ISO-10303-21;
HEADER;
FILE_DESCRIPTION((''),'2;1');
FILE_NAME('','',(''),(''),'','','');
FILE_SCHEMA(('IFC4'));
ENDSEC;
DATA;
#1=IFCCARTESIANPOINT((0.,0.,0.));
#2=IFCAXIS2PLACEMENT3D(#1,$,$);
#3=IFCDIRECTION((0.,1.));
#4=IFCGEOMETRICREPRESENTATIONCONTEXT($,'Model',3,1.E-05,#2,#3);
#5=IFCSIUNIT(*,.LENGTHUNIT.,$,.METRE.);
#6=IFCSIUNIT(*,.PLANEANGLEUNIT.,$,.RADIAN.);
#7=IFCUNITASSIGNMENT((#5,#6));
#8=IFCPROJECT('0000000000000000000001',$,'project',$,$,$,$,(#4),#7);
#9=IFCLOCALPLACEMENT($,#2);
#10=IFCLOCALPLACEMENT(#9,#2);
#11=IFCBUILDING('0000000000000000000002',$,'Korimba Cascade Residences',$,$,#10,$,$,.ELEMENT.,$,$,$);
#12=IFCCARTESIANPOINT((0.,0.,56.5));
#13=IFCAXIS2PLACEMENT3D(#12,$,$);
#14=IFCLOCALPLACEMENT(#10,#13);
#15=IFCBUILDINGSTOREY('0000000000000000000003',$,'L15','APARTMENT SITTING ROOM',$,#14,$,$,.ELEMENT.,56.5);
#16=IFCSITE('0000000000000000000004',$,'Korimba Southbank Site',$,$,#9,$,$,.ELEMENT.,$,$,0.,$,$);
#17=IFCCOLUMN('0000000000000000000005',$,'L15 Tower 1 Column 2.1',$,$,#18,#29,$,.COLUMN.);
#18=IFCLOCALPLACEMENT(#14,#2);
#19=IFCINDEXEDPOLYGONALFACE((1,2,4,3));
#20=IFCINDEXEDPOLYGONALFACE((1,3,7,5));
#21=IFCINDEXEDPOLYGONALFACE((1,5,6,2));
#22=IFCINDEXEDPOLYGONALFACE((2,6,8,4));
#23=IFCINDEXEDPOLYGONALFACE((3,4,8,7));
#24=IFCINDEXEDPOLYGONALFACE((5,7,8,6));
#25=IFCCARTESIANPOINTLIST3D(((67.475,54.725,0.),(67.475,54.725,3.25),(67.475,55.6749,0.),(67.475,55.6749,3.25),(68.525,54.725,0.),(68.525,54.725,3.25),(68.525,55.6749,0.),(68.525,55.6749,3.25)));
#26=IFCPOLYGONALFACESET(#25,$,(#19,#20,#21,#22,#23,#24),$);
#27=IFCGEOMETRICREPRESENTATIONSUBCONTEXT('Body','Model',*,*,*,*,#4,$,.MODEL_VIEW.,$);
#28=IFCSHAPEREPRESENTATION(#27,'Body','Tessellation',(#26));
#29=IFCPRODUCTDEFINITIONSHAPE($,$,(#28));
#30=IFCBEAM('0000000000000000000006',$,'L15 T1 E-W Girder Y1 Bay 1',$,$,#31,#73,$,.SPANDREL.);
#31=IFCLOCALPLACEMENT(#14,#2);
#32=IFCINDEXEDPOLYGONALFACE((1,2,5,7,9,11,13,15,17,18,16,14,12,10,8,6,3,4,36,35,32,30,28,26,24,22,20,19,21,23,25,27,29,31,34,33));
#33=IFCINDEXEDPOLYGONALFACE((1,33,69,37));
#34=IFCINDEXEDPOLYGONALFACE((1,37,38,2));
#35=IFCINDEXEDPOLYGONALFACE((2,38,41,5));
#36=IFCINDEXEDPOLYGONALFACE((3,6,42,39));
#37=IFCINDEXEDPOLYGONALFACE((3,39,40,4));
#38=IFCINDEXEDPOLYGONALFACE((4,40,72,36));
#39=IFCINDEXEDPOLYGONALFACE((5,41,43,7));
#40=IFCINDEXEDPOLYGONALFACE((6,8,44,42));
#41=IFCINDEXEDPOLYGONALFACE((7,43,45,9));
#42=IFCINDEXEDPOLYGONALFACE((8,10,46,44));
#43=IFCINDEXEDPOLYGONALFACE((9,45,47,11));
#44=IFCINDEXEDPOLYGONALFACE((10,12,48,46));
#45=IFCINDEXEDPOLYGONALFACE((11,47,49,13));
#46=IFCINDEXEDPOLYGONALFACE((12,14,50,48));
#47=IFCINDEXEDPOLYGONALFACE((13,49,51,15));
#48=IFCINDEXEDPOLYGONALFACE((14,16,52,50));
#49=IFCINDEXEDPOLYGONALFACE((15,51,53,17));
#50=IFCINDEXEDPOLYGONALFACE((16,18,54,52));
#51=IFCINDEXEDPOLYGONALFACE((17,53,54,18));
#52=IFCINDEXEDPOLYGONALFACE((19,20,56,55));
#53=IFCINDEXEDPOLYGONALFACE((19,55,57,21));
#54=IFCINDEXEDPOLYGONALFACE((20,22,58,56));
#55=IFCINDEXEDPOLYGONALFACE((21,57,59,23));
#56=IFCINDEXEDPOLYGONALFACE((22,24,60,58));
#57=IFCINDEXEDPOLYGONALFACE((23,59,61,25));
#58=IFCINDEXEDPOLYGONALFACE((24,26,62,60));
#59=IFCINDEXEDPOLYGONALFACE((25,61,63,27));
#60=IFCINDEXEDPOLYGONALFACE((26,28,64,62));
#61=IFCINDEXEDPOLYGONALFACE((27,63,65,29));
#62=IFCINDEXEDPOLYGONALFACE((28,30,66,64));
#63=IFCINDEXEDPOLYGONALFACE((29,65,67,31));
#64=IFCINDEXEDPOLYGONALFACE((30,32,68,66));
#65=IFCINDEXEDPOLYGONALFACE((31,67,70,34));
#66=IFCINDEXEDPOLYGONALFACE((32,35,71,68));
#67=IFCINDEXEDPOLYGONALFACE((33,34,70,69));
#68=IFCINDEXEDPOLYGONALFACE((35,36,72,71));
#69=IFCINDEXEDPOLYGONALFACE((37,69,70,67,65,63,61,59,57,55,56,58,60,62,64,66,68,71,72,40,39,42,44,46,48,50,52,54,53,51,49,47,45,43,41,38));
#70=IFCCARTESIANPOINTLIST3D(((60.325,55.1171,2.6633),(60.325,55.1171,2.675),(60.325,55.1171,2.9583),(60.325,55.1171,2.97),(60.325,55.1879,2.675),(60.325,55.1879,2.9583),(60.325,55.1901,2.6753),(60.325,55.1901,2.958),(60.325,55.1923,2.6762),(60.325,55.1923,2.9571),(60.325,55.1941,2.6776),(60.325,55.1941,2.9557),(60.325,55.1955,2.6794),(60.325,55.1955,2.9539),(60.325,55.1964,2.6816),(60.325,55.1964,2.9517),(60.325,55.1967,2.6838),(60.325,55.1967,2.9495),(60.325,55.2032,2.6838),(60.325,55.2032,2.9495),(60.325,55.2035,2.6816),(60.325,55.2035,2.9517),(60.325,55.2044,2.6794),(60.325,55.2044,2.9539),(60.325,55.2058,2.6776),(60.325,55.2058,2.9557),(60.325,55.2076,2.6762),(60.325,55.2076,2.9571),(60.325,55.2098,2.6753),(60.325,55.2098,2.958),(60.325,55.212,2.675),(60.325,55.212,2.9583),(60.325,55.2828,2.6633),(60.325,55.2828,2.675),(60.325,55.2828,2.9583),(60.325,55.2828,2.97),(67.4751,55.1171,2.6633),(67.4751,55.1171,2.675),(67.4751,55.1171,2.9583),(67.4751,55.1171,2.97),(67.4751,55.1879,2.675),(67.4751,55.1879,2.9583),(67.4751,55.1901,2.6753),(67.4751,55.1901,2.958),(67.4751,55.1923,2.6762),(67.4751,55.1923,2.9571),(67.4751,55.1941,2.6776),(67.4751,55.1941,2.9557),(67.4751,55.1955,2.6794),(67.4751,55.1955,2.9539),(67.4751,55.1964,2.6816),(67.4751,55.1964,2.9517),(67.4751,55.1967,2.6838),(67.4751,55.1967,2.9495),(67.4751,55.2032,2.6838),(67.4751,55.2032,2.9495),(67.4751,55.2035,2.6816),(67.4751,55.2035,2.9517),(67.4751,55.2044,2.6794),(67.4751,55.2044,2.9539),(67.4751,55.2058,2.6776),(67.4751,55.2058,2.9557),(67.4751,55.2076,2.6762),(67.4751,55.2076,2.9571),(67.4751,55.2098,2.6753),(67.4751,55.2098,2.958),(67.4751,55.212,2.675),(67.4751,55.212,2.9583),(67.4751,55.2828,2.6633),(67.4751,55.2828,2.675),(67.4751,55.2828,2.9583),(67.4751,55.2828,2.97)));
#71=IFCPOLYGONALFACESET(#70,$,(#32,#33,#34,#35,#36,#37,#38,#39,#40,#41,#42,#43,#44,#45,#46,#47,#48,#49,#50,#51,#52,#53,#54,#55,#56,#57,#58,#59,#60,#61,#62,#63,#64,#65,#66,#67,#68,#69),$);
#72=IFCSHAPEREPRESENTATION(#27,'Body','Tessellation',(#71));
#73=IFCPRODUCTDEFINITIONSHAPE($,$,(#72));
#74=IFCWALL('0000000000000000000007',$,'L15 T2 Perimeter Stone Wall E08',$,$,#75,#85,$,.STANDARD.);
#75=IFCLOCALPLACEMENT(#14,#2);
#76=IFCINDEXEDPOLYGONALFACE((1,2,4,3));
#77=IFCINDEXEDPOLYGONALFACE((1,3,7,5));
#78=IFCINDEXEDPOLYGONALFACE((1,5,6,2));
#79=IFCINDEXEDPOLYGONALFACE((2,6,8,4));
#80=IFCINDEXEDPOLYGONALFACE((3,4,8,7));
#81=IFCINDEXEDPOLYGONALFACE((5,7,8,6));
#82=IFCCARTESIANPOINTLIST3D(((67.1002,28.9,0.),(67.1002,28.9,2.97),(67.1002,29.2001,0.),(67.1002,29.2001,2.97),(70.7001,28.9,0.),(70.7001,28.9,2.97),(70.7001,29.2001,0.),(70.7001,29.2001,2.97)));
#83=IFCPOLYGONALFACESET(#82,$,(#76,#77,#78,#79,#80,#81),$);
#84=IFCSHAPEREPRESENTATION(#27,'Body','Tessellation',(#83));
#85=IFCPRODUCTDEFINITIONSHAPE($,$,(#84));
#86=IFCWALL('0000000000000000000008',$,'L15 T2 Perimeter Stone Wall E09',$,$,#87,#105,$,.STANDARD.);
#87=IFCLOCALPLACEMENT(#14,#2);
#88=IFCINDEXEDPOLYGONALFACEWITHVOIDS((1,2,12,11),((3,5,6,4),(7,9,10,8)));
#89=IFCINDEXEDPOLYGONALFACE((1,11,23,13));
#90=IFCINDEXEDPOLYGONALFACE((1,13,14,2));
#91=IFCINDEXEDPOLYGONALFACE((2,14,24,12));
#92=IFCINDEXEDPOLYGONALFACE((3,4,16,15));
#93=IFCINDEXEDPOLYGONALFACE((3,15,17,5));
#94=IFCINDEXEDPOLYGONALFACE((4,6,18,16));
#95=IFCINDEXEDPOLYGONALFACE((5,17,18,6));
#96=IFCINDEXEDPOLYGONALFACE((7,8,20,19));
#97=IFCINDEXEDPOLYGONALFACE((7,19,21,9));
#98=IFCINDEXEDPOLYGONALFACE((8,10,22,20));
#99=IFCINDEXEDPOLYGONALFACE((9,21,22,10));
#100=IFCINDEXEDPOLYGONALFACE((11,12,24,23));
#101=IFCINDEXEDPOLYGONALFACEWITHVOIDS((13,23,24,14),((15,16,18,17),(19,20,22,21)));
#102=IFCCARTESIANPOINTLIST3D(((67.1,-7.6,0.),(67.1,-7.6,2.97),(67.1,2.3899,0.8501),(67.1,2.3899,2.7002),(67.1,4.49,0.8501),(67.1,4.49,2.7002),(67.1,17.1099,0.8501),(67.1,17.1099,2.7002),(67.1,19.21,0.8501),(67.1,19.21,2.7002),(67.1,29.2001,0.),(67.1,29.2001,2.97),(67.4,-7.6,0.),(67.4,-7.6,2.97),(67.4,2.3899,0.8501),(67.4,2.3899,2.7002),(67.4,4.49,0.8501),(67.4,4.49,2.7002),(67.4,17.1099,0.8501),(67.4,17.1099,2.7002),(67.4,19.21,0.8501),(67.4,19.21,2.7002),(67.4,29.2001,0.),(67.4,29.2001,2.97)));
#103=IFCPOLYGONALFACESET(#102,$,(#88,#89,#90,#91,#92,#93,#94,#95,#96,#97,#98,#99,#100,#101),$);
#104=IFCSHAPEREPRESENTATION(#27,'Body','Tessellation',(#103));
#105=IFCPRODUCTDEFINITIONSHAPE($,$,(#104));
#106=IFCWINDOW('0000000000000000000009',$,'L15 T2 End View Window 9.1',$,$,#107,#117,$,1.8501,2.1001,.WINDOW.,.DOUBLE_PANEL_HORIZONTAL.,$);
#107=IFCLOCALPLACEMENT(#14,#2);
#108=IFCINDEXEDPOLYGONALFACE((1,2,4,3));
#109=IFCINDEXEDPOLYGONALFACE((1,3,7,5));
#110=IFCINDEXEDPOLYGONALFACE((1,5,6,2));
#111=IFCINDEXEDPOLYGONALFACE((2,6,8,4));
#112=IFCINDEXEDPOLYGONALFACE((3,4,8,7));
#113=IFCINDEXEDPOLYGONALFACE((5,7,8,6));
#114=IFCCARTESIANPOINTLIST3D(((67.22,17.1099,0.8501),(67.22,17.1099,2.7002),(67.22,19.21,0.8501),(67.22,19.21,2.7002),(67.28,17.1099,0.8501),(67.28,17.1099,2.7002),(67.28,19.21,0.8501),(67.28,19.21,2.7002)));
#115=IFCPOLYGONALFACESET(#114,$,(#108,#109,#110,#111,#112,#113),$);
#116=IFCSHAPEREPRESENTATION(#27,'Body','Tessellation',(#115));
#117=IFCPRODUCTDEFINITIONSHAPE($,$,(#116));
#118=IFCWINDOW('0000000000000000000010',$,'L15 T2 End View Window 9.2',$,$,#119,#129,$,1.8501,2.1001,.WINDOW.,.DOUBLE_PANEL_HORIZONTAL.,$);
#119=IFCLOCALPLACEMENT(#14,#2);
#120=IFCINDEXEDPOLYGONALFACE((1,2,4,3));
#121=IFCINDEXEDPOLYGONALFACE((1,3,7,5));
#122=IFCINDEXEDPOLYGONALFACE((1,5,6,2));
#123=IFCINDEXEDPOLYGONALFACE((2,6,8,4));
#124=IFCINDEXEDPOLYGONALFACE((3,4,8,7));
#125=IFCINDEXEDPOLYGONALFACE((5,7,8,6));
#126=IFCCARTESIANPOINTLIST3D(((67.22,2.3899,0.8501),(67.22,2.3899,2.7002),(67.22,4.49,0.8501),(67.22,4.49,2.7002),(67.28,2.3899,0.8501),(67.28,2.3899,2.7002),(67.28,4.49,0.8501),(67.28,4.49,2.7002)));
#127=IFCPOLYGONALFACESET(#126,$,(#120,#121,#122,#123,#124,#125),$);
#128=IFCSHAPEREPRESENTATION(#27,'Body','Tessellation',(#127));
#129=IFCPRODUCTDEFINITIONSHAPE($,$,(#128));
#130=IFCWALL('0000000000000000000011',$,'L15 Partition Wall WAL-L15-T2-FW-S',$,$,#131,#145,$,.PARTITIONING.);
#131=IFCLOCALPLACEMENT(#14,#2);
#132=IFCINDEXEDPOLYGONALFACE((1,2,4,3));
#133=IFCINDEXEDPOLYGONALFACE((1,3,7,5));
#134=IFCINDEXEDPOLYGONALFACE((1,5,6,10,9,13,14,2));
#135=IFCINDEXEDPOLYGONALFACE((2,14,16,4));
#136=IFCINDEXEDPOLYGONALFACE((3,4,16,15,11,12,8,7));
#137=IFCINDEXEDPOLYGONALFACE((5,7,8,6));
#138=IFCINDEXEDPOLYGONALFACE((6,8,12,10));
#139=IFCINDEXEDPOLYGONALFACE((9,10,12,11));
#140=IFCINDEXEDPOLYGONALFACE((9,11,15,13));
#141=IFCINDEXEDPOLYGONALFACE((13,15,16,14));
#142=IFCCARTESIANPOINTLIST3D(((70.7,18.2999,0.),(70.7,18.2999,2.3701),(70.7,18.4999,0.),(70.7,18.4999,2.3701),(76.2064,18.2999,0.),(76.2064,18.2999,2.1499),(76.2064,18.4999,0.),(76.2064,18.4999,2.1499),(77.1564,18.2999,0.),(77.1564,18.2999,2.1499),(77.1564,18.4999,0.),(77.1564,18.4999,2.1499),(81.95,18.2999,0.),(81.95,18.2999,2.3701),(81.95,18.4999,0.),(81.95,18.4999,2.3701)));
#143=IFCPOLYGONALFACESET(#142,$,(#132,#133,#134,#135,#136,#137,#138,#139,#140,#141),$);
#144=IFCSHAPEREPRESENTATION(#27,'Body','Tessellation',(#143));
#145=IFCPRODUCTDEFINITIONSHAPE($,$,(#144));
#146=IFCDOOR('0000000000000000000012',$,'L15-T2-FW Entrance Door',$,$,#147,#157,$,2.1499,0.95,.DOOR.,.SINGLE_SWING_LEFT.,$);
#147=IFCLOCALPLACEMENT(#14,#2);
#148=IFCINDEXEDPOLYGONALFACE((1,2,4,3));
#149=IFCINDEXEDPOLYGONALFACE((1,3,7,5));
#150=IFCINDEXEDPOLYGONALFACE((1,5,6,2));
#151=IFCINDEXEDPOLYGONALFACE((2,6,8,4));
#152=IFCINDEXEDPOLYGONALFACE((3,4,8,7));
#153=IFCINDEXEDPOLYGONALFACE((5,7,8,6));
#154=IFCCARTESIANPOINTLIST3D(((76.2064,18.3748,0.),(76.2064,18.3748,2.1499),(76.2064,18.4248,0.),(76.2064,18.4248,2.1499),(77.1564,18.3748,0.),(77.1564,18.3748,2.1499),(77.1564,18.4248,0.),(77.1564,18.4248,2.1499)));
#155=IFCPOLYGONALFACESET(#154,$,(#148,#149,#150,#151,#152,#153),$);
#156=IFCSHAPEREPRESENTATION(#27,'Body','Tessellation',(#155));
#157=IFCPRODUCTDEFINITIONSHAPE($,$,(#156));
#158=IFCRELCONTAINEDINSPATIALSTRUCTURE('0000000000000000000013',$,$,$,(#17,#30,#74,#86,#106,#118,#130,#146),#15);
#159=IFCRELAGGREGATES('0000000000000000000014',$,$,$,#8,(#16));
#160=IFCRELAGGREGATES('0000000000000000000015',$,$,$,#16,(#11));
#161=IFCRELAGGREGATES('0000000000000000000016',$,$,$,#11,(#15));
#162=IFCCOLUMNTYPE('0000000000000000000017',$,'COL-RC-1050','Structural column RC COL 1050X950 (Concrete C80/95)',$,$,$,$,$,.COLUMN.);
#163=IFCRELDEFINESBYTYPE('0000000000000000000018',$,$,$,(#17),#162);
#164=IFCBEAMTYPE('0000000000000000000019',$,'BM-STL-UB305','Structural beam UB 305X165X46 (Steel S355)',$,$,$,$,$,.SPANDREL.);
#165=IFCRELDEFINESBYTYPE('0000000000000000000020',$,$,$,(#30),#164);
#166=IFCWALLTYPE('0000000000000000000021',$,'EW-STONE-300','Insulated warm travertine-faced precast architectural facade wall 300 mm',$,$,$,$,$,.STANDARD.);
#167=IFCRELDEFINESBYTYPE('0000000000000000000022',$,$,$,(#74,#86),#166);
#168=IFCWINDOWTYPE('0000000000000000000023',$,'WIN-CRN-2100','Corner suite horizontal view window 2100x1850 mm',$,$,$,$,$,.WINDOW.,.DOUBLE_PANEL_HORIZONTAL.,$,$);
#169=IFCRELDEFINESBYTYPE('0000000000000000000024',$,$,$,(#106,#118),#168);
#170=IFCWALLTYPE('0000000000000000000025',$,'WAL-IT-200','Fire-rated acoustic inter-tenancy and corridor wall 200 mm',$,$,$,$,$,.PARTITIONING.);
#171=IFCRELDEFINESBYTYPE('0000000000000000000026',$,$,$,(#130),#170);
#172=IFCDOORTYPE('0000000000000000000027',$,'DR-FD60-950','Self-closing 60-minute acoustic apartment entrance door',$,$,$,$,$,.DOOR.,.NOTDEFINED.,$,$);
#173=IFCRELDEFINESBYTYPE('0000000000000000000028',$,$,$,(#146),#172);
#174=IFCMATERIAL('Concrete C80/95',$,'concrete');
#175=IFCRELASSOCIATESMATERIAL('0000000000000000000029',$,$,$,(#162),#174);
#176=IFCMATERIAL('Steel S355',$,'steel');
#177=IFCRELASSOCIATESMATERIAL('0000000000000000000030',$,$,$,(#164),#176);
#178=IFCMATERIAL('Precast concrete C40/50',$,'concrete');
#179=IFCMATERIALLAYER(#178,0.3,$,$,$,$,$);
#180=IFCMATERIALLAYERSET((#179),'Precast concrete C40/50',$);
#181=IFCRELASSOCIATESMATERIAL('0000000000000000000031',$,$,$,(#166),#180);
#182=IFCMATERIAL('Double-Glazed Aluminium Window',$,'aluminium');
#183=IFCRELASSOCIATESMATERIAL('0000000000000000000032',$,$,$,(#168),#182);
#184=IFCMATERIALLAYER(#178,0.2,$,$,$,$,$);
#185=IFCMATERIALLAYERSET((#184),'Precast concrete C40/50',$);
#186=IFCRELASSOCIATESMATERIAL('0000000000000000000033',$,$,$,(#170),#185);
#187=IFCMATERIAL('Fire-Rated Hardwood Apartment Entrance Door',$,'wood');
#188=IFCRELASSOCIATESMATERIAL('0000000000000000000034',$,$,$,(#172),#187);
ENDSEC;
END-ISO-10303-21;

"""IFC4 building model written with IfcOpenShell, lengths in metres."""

from ifc_helpers import new_model, si_unit, direction, frame, frame_2d, origin, origin_2d, place, context, subcontext, project, spatial, rectangle, i_section, extrude, material, layer, layer_set, material_profile, profile_set, type_object, element, fill, save


model = new_model("IFC4")

# Units and contexts
model_context = context("Model", 3, precision=1e-05, world=origin(), true_north=direction((0.0, 1.0)))
body_context = subcontext(model_context, "Body", "Model", "MODEL_VIEW")
ifc_project = project(units=[si_unit("LENGTHUNIT", "METRE"), si_unit("PLANEANGLEUNIT", "RADIAN")], contexts=[model_context])

# Site, building, storey
site_placement = place(None, origin())
site = spatial("IfcSite", under=ifc_project, at=site_placement, Name="Korimba Southbank Site", CompositionType="ELEMENT", RefElevation=0.0)
building_placement = place(site_placement, origin())
building = spatial("IfcBuilding", under=site, at=building_placement, Name="Korimba Cascade Residences", CompositionType="ELEMENT")
storey_placement = place(building_placement, frame((0.0, 0.0, 56.5)))
storey = spatial("IfcBuildingStorey", under=building, at=storey_placement, Name="L15", Description="APARTMENT SITTING ROOM", CompositionType="ELEMENT", Elevation=56.5)

# Column
ifc_material_1 = material(Name="Concrete C80/95", Category="concrete")
ifc_material_profile_1 = material_profile(ifc_material_1, rectangle(XDim=1.05, YDim=0.95, at=origin_2d()), Name="Concrete C80/95")
ifc_profile_set_1 = profile_set([ifc_material_profile_1], Name="Concrete C80/95")
column_type = type_object("IfcColumnType", Name="COL-RC-1050", Description="Structural column RC COL 1050X950 (Concrete C80/95)", PredefinedType="COLUMN", material=ifc_profile_set_1)
column_placement = place(storey_placement, frame((68.0, 55.2, 0.0), z_axis=(0.0, 0.0, 1.0), x_axis=(1.0, 0.0, 0.0)))
element("IfcColumn", 1, at=column_placement, inside=storey, type_object=column_type, Name="L15 Tower 1 Column 2.1", PredefinedType="COLUMN", context=body_context, shape_type="SweptSolid", body=[
    extrude(rectangle(XDim=1.05, YDim=0.95, at=origin_2d()), origin(), (0.0, 0.0, 1.0), 3.25),
])

# Beam
ifc_material_2 = material(Name="Steel S355", Category="steel")
ifc_material_profile_2 = material_profile(ifc_material_2, i_section(OverallWidth=0.1658, OverallDepth=0.3066, WebThickness=0.0066, FlangeThickness=0.0117, FilletRadius=0.0088, at=origin_2d()), Name="Steel S355")
ifc_profile_set_2 = profile_set([ifc_material_profile_2], Name="Steel S355")
beam_type = type_object("IfcBeamType", Name="BM-STL-UB305", Description="Structural beam UB 305X165X46 (Steel S355)", PredefinedType="SPANDREL", material=ifc_profile_set_2)
beam_placement = place(storey_placement, frame((60.325, 55.2, 2.8167), z_axis=(1.0, 0.0, 0.0), x_axis=(0.0, 1.0, 0.0)))
element("IfcBeam", 2, at=beam_placement, inside=storey, type_object=beam_type, Name="L15 T1 E-W Girder Y1 Bay 1", PredefinedType="SPANDREL", context=body_context, shape_type="SweptSolid", body=[
    extrude(i_section(OverallWidth=0.1658, OverallDepth=0.3066, WebThickness=0.0066, FlangeThickness=0.0117, FilletRadius=0.0088, at=origin_2d()), origin(), (0.0, 0.0, 1.0), 7.1501),
])

# Wall
ifc_material_3 = material(Name="Precast concrete C40/50", Category="concrete")
ifc_layer_1 = layer(ifc_material_3, 0.3)
ifc_layer_set_1 = layer_set([ifc_layer_1], Name="Precast concrete C40/50")
wall_type_1 = type_object("IfcWallType", Name="EW-STONE-300", Description="Insulated warm travertine-faced precast architectural facade wall 300 mm", PredefinedType="STANDARD", material=ifc_layer_set_1)
wall_1_placement = place(storey_placement, frame((70.7, 29.05, 0.0), z_axis=(0.0, 0.0, 1.0), x_axis=(-1.0, 0.0, 0.0)))
element("IfcWall", 3, at=wall_1_placement, inside=storey, type_object=wall_type_1, Name="L15 T2 Perimeter Stone Wall E08", PredefinedType="STANDARD", context=body_context, shape_type="SweptSolid", body=[
    extrude(rectangle(XDim=3.5999, YDim=0.3, at=frame_2d((1.7998, 0.0))), origin(), (0.0, 0.0, 1.0), 2.97),
])

# Wall, openings, windows
wall_2_placement = place(storey_placement, frame((67.25, 29.2, 0.0), z_axis=(0.0, 0.0, 1.0), x_axis=(0.0, -1.0, 0.0)))
wall_2 = element("IfcWall", 4, at=wall_2_placement, inside=storey, type_object=wall_type_1, Name="L15 T2 Perimeter Stone Wall E09", PredefinedType="STANDARD", context=body_context, shape_type="SweptSolid", body=[
    extrude(rectangle(XDim=36.8, YDim=0.3, at=frame_2d((18.3999, 0.0))), origin(), (0.0, 0.0, 1.0), 2.97),
])
opening_1_placement = place(wall_2_placement, frame((9.99, 0.0, 0.8501)))
opening_1 = element("IfcOpeningElement", 5, at=opening_1_placement, cuts=wall_2, PredefinedType="OPENING", context=body_context, shape_type="SweptSolid", body=[
    extrude(rectangle(XDim=2.1001, YDim=1.8501, at=frame_2d((1.05, 0.925))), frame((0.0, 0.1602, 0.0), z_axis=(0.0, -1.0, 0.0), x_axis=(1.0, 0.0, 0.0)), (0.0, 0.0, 1.0), 0.3201),
])
opening_2_placement = place(wall_2_placement, frame((24.71, 0.0, 0.8501)))
opening_2 = element("IfcOpeningElement", 6, at=opening_2_placement, cuts=wall_2, PredefinedType="OPENING", context=body_context, shape_type="SweptSolid", body=[
    extrude(rectangle(XDim=2.1001, YDim=1.8501, at=frame_2d((1.05, 0.925))), frame((0.0, 0.1602, 0.0), z_axis=(0.0, -1.0, 0.0), x_axis=(1.0, 0.0, 0.0)), (0.0, 0.0, 1.0), 0.3201),
])
ifc_material_4 = material(Name="Double-Glazed Aluminium Window", Category="aluminium")
window_type = type_object("IfcWindowType", Name="WIN-CRN-2100", Description="Corner suite horizontal view window 2100x1850 mm", PartitioningType="DOUBLE_PANEL_HORIZONTAL", PredefinedType="WINDOW", material=ifc_material_4)
window_1_placement = place(opening_1_placement, origin())
window_1 = element("IfcWindow", 7, at=window_1_placement, inside=storey, type_object=window_type, Name="L15 T2 End View Window 9.1", OverallHeight=1.8501, OverallWidth=2.1001, PartitioningType="DOUBLE_PANEL_HORIZONTAL", PredefinedType="WINDOW", context=body_context, shape_type="SweptSolid", body=[
    extrude(rectangle(XDim=2.1001, YDim=1.8501, at=frame_2d((1.05, 0.925))), frame((0.0, 0.03, 0.0), z_axis=(0.0, -1.0, 0.0), x_axis=(1.0, 0.0, 0.0)), (0.0, 0.0, 1.0), 0.0601),
])
fill(opening_1, window_1)
window_2_placement = place(opening_2_placement, origin())
window_2 = element("IfcWindow", 8, at=window_2_placement, inside=storey, type_object=window_type, Name="L15 T2 End View Window 9.2", OverallHeight=1.8501, OverallWidth=2.1001, PartitioningType="DOUBLE_PANEL_HORIZONTAL", PredefinedType="WINDOW", context=body_context, shape_type="SweptSolid", body=[
    extrude(rectangle(XDim=2.1001, YDim=1.8501, at=frame_2d((1.05, 0.925))), frame((0.0, 0.03, 0.0), z_axis=(0.0, -1.0, 0.0), x_axis=(1.0, 0.0, 0.0)), (0.0, 0.0, 1.0), 0.0601),
])
fill(opening_2, window_2)

# Wall, opening, door
ifc_layer_2 = layer(ifc_material_3, 0.2)
ifc_layer_set_2 = layer_set([ifc_layer_2], Name="Precast concrete C40/50")
wall_type_2 = type_object("IfcWallType", Name="WAL-IT-200", Description="Fire-rated acoustic inter-tenancy and corridor wall 200 mm", PredefinedType="PARTITIONING", material=ifc_layer_set_2)
wall_3_placement = place(storey_placement, frame((70.7, 18.3999, 0.0), z_axis=(0.0, 0.0, 1.0), x_axis=(1.0, 0.0, 0.0)))
wall_3 = element("IfcWall", 9, at=wall_3_placement, inside=storey, type_object=wall_type_2, Name="L15 Partition Wall WAL-L15-T2-FW-S", PredefinedType="PARTITIONING", context=body_context, shape_type="SweptSolid", body=[
    extrude(rectangle(XDim=11.25, YDim=0.2, at=frame_2d((5.625, 0.0))), origin(), (0.0, 0.0, 1.0), 2.3701),
])
opening_3_placement = place(wall_3_placement, frame((5.5063, 0.0, 0.0)))
opening_3 = element("IfcOpeningElement", 10, at=opening_3_placement, cuts=wall_3, PredefinedType="OPENING", context=body_context, shape_type="SweptSolid", body=[
    extrude(rectangle(XDim=0.95, YDim=2.1499, at=frame_2d((0.4751, 1.075))), frame((0.0, 0.1099, 0.0), z_axis=(0.0, -1.0, 0.0), x_axis=(1.0, 0.0, 0.0)), (0.0, 0.0, 1.0), 0.22),
])
ifc_material_5 = material(Name="Fire-Rated Hardwood Apartment Entrance Door", Category="wood")
door_type_1 = type_object("IfcDoorType", Name="DR-FD60-950", Description="Self-closing 60-minute acoustic apartment entrance door", OperationType="NOTDEFINED", PredefinedType="DOOR", material=ifc_material_5)
door_1_placement = place(opening_3_placement, origin())
door_1 = element("IfcDoor", 11, at=door_1_placement, inside=storey, type_object=door_type_1, Name="L15-T2-FW Entrance Door", OperationType="SINGLE_SWING_LEFT", OverallHeight=2.1499, OverallWidth=0.95, PredefinedType="DOOR", context=body_context, shape_type="SweptSolid", body=[
    extrude(rectangle(XDim=0.95, YDim=2.1499, at=frame_2d((0.4751, 1.075))), frame((0.0, 0.0249, 0.0), z_axis=(0.0, -1.0, 0.0), x_axis=(1.0, 0.0, 0.0)), (0.0, 0.0, 1.0), 0.05),
])
fill(opening_3, door_1)

save(model, "model.ifc")
